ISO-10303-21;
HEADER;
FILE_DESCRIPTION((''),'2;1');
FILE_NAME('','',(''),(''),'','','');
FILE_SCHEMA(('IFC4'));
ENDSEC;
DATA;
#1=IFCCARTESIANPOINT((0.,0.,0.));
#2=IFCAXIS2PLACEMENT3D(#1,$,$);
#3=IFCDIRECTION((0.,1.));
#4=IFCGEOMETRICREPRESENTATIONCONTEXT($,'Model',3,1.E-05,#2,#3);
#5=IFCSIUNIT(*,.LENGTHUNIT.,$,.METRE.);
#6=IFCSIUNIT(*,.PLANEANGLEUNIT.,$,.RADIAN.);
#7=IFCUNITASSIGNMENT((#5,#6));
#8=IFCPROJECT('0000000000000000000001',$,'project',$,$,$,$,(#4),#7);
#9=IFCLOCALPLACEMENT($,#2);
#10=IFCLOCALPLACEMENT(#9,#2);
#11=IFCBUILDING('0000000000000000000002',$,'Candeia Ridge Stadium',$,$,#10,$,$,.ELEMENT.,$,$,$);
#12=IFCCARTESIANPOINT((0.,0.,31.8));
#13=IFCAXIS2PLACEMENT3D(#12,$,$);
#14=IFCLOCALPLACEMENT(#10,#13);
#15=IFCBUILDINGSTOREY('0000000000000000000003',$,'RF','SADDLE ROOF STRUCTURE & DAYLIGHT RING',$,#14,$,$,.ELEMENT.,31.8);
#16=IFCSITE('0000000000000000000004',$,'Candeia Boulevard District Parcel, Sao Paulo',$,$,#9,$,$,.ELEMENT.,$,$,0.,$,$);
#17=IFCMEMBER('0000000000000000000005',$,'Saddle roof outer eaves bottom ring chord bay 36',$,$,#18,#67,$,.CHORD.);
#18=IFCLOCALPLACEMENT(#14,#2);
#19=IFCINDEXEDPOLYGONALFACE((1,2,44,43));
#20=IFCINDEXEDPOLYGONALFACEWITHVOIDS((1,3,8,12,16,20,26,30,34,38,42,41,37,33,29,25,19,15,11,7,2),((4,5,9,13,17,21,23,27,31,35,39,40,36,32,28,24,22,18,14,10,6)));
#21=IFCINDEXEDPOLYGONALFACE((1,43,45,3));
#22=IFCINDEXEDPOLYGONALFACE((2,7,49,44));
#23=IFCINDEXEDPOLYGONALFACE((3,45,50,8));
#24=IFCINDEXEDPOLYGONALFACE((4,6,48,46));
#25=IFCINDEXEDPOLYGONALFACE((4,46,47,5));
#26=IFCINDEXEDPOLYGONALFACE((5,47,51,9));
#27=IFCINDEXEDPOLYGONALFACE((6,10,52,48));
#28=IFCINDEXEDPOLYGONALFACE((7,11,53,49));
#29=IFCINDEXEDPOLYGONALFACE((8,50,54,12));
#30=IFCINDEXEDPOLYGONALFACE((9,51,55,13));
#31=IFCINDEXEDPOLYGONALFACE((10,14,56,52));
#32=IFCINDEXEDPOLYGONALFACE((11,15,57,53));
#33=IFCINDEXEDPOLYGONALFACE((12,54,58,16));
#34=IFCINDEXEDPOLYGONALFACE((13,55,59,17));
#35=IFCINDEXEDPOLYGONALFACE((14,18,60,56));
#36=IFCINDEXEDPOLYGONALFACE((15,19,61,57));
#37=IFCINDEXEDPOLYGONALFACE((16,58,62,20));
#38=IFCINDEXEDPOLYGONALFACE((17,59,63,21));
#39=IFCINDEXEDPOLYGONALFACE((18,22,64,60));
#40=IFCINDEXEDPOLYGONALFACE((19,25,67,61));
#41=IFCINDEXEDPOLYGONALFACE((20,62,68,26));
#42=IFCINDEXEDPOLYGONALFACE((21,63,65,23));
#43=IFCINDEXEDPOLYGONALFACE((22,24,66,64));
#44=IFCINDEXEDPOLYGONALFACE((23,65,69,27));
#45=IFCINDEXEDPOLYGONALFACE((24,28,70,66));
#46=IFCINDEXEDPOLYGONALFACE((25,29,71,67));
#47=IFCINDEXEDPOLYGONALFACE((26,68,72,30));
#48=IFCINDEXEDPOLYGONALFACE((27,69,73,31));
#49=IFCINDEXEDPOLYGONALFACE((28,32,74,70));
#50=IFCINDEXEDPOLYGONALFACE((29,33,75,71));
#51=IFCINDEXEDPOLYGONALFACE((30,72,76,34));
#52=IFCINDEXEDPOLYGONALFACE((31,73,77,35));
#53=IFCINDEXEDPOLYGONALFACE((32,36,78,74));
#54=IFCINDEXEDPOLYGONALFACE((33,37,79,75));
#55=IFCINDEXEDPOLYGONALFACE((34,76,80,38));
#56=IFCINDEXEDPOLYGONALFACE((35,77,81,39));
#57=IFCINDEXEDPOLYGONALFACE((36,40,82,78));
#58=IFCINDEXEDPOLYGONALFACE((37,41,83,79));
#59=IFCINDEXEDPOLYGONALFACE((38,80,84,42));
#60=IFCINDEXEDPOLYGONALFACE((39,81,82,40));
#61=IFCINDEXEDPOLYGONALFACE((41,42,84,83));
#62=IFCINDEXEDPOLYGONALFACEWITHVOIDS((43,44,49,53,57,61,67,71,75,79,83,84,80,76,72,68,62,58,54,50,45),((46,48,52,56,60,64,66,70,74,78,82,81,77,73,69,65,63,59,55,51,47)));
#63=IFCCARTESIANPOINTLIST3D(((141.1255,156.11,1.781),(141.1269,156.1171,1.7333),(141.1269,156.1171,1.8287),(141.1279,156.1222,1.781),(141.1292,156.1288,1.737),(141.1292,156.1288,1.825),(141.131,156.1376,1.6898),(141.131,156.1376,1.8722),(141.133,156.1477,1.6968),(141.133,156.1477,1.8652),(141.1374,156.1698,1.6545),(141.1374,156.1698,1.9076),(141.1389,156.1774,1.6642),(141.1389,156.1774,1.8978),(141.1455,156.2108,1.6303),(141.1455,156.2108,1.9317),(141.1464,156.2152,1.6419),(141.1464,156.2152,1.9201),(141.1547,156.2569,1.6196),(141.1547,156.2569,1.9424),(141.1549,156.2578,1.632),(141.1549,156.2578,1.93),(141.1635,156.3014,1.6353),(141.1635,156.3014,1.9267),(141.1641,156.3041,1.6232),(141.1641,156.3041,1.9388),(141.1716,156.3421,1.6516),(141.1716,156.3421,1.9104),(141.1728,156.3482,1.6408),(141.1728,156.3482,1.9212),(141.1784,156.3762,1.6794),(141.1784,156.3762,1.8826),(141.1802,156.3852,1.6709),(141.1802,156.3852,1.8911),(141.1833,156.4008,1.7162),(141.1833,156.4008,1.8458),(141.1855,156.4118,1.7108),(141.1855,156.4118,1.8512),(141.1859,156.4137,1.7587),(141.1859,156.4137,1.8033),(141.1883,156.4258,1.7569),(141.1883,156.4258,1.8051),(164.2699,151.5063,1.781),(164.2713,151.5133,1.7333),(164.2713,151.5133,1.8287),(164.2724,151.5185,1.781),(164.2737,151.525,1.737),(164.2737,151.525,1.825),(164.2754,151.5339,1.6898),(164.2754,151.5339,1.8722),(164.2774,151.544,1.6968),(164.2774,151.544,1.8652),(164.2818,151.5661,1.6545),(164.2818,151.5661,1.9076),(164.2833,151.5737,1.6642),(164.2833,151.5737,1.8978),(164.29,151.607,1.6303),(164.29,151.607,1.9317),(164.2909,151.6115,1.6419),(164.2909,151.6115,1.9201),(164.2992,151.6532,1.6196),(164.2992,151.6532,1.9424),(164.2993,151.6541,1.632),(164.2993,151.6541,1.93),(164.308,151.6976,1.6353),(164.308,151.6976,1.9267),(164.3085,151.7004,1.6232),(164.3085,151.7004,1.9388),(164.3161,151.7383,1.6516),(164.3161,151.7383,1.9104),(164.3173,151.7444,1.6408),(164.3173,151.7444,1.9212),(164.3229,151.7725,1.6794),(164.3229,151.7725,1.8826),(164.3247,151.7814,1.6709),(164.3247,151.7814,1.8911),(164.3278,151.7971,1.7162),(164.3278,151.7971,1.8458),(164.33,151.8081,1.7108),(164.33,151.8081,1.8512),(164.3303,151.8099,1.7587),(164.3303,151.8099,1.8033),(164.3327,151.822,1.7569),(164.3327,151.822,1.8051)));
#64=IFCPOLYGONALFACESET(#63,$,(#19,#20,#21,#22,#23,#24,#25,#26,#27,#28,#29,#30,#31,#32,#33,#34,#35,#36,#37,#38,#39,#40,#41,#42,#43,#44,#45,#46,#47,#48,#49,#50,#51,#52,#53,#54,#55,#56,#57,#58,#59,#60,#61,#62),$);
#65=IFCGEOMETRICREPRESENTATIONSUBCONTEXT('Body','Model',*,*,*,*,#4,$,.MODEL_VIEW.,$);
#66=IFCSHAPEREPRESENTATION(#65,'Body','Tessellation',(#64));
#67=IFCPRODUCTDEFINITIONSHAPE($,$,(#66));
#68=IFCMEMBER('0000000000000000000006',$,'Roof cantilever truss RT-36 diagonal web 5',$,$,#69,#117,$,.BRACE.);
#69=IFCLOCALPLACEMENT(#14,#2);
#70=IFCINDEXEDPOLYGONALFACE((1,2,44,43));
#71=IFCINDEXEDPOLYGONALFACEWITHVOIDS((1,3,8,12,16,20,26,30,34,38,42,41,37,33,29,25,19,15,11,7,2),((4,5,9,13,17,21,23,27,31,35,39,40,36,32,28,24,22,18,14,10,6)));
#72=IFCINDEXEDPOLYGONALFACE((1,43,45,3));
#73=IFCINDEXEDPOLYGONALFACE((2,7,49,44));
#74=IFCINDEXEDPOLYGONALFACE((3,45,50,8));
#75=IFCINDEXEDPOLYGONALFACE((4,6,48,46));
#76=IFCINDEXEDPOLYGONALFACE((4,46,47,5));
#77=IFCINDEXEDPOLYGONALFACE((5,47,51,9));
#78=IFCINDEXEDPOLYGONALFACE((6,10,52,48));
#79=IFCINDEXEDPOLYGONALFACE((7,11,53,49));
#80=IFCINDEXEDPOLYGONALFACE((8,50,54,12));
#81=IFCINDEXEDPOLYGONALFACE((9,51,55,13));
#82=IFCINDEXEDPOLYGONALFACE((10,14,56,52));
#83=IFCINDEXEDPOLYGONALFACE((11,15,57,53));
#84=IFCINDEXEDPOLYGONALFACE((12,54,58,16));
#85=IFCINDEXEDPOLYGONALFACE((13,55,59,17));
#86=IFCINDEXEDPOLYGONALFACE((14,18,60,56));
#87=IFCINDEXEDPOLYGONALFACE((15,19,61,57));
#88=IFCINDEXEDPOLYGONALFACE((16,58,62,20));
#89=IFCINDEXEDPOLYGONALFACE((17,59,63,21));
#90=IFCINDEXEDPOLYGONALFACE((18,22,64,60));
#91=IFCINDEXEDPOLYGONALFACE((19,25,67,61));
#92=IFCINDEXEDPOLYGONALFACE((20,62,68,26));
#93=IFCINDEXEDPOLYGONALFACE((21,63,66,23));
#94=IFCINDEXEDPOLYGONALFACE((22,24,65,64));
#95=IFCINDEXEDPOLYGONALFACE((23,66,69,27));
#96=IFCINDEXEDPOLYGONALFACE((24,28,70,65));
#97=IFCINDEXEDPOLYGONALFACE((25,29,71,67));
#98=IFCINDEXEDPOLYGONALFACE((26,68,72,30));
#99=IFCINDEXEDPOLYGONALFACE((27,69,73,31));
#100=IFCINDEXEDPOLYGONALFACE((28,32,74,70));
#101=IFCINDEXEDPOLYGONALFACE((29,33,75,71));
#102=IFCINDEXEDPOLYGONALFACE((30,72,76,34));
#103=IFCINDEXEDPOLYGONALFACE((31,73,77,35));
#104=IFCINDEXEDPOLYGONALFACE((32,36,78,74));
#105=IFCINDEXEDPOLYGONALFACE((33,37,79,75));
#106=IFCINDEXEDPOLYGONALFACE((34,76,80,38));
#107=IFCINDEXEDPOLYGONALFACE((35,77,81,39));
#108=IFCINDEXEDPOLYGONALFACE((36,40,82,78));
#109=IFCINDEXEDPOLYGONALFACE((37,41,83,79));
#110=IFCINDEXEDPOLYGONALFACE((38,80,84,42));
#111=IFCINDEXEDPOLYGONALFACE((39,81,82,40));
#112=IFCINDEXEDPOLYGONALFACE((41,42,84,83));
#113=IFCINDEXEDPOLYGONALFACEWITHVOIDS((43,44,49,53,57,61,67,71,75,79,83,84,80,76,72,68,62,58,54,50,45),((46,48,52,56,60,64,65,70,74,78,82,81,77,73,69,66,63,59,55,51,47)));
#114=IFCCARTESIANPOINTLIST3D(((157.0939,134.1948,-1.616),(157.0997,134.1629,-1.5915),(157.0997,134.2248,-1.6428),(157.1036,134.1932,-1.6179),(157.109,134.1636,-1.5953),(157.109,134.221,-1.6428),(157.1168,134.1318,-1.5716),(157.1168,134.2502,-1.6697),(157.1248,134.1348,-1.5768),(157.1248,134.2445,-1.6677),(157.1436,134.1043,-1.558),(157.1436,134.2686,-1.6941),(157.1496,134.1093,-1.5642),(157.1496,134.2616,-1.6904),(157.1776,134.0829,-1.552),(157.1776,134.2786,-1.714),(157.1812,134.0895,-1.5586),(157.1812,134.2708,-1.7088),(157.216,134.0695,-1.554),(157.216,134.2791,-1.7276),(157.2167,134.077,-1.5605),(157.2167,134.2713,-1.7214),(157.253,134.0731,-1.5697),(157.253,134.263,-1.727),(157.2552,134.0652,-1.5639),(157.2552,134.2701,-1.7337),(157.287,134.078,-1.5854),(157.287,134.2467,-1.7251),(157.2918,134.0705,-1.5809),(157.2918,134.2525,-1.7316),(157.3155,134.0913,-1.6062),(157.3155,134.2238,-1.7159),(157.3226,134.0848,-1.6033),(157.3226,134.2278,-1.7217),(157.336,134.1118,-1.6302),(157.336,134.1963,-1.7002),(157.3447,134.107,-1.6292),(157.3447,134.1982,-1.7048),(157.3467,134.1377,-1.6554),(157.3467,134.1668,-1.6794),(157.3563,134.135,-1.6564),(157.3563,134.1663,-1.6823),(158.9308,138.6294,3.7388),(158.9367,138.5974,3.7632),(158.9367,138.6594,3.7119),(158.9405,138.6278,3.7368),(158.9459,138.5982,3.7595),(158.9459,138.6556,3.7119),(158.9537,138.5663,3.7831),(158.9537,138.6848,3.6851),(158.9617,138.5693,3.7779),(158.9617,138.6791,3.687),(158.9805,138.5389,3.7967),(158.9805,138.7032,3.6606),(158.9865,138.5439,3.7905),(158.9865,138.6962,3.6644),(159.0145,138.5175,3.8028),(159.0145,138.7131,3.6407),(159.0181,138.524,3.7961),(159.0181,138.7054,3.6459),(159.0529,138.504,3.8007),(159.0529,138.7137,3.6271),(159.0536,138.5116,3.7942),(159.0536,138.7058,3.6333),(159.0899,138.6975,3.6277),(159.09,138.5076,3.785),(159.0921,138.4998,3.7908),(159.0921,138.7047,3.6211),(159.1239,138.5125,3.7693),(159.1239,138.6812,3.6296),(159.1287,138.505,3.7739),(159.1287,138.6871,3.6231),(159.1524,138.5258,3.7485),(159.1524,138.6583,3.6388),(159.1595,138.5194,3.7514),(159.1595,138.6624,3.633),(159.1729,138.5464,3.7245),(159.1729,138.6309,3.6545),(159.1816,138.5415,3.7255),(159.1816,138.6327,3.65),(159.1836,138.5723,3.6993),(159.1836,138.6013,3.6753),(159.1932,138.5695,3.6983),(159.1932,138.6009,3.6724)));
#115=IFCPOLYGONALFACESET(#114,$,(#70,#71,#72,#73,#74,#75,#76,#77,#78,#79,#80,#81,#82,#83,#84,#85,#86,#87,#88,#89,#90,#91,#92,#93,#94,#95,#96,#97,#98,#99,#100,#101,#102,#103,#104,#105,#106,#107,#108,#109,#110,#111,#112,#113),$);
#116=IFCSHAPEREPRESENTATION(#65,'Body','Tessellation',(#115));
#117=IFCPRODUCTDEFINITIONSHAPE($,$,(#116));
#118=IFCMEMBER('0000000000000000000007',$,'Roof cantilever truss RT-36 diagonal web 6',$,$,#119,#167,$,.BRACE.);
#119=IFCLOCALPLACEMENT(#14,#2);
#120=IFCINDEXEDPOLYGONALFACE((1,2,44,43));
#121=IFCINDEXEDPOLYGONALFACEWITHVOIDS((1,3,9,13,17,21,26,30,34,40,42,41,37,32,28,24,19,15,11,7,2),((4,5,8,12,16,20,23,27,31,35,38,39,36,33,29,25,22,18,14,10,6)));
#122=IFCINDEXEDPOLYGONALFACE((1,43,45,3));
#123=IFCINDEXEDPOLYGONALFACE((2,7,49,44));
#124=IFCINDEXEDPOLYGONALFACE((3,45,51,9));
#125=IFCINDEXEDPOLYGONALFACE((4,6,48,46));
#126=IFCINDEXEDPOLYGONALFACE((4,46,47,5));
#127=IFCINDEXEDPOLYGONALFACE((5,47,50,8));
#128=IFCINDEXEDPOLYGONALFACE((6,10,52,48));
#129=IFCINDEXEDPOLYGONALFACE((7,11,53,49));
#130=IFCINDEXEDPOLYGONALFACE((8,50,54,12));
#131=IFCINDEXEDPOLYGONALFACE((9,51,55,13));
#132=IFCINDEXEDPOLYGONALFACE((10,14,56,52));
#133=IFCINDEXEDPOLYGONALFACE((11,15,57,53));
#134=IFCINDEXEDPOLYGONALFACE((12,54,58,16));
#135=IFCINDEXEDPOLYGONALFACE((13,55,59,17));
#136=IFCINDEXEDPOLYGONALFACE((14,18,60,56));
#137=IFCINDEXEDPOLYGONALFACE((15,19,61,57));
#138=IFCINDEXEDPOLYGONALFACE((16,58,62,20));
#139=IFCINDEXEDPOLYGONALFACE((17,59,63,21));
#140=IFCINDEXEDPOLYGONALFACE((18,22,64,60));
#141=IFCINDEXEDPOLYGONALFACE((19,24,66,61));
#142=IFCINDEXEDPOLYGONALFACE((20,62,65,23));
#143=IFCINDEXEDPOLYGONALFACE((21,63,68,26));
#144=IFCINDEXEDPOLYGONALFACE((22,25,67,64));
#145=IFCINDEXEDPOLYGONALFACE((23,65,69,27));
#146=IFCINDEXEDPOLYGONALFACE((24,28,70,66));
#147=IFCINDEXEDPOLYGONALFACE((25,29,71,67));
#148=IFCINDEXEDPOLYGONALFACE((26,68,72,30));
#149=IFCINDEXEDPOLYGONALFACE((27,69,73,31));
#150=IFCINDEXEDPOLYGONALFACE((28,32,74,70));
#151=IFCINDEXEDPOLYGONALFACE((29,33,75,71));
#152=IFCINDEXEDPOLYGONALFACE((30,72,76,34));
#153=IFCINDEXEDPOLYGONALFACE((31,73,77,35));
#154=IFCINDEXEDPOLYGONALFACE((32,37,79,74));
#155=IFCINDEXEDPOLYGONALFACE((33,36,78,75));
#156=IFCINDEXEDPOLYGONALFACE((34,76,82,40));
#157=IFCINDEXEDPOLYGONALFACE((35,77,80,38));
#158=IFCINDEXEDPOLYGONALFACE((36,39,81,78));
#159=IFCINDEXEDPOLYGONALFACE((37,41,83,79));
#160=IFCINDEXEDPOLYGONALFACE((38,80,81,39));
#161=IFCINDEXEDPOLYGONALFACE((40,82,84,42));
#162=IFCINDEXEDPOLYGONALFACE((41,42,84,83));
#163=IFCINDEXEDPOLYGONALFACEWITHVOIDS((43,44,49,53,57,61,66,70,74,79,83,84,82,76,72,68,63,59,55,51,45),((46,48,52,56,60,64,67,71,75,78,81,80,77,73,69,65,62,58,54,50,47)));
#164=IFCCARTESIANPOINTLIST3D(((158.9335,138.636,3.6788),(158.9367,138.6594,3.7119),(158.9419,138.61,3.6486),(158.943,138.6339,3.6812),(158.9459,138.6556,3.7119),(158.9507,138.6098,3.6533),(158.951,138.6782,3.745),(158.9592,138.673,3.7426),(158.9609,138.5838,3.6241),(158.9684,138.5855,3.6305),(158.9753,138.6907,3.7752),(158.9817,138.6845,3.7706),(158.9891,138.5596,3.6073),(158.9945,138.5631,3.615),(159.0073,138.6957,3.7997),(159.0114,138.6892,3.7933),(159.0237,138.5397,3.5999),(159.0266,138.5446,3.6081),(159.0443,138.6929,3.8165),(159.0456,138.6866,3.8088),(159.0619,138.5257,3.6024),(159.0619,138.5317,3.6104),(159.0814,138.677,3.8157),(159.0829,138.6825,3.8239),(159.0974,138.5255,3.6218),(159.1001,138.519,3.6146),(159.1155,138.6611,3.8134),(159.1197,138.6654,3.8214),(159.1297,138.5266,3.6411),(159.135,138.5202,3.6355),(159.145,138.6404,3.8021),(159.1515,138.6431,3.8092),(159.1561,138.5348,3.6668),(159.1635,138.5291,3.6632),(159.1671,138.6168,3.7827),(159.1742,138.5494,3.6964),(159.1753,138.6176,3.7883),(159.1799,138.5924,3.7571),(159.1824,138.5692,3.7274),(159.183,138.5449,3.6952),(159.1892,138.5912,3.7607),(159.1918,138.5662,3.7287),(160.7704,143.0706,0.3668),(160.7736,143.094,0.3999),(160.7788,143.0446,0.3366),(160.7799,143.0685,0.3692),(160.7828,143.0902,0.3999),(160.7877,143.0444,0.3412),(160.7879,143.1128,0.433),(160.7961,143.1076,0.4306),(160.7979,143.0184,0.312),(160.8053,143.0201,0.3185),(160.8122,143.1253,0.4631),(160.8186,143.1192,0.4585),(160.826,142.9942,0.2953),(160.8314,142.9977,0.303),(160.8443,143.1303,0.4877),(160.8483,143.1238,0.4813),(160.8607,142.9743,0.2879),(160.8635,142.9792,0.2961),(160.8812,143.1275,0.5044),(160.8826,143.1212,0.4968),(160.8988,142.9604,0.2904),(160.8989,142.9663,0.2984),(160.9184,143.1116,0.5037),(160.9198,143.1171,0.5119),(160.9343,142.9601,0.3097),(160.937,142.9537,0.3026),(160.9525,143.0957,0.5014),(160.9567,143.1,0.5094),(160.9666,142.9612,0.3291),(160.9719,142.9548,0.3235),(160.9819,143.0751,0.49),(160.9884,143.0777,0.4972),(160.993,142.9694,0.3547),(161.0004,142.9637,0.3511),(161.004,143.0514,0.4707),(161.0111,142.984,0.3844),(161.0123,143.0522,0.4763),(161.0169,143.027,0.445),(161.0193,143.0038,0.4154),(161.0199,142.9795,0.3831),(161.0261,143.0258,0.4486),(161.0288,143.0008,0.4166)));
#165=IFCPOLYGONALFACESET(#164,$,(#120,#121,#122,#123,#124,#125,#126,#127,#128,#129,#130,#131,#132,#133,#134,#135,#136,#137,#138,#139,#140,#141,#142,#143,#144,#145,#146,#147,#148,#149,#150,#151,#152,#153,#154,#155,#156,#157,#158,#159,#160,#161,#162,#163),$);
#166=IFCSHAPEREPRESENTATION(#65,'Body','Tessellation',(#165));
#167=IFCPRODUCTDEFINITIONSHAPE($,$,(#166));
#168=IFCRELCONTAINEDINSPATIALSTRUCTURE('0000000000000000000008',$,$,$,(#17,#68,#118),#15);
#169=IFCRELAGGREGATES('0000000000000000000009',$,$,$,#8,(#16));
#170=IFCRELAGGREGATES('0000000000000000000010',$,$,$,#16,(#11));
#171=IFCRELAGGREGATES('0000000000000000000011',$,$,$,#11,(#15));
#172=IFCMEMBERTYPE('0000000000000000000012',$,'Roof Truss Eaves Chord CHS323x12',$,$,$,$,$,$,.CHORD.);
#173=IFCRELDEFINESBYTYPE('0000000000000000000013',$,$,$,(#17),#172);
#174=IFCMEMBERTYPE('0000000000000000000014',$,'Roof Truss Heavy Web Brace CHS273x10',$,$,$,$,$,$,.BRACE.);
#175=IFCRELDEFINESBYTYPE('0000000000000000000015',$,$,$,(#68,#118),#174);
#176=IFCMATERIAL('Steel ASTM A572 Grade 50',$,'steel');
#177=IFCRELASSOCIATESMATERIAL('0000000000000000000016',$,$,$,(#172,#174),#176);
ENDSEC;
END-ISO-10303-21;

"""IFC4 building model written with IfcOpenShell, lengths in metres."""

from ifc_helpers import new_model, si_unit, direction, frame, origin, origin_2d, place, context, subcontext, project, spatial, hollow_circle, extrude, material, material_profile, profile_set, type_object, element, save


model = new_model("IFC4")

# Units and contexts
model_context = context("Model", 3, precision=1e-05, world=origin(), true_north=direction((0.0, 1.0)))
body_context = subcontext(model_context, "Body", "Model", "MODEL_VIEW")
ifc_project = project(units=[si_unit("LENGTHUNIT", "METRE"), si_unit("PLANEANGLEUNIT", "RADIAN")], contexts=[model_context])

# Site, building, storey
site_placement = place(None, origin())
site = spatial("IfcSite", under=ifc_project, at=site_placement, Name="Candeia Boulevard District Parcel, Sao Paulo", CompositionType="ELEMENT", RefElevation=0.0)
building_placement = place(site_placement, origin())
building = spatial("IfcBuilding", under=site, at=building_placement, Name="Candeia Ridge Stadium", CompositionType="ELEMENT")
storey_placement = place(building_placement, frame((0.0, 0.0, 31.8)))
storey = spatial("IfcBuildingStorey", under=building, at=storey_placement, Name="RF", Description="SADDLE ROOF STRUCTURE & DAYLIGHT RING", CompositionType="ELEMENT", Elevation=31.8)

# Shared definitions
ifc_material_1 = material(Name="Steel ASTM A572 Grade 50", Category="steel")

# Members
ifc_material_profile_1 = material_profile(ifc_material_1, hollow_circle(Radius=0.1619, WallThickness=0.0125, at=origin_2d()), Name="CHS323x12", Category="steel")
ifc_profile_set_1 = profile_set([ifc_material_profile_1], Name="Steel ASTM A572 Grade 50")
member_type_1 = type_object("IfcMemberType", Name="Roof Truss Eaves Chord CHS323x12", PredefinedType="CHORD", material=ifc_profile_set_1)
for number, where, z_axis, x_axis, name in (
    (1, (164.3015, 151.665, 1.781), (-0.980785, 0.195091, 0.0), (-0.195091, -0.980785, 0.0), "Saddle roof outer eaves bottom ring chord bay 36"),
):
    element("IfcMember", number, at=place(storey_placement, frame(where, z_axis=z_axis, x_axis=x_axis)), inside=storey, type_object=member_type_1, Name=name, PredefinedType="CHORD", context=body_context, shape_type="SweptSolid", body=[
        extrude(hollow_circle(Radius=0.1619, WallThickness=0.0125, at=origin_2d()), origin(), (0.0, 0.0, 1.0), 23.5979),
    ])
ifc_material_profile_2 = material_profile(ifc_material_1, hollow_circle(Radius=0.1365, WallThickness=0.01, at=origin_2d()), Name="CHS273x10", Category="steel")
ifc_profile_set_2 = profile_set([ifc_material_profile_2], Name="Steel ASTM A572 Grade 50")
member_type_2 = type_object("IfcMemberType", Name="Roof Truss Heavy Web Brace CHS273x10", PredefinedType="BRACE", material=ifc_profile_set_2)
member_1_placement = place(storey_placement, frame((157.2258, 134.1726, -1.6428), z_axis=(0.25544, 0.616669, 0.744627), x_axis=(-0.923875, 0.382693, 0.0)))
element("IfcMember", 2, at=member_1_placement, inside=storey, type_object=member_type_2, Name="Roof cantilever truss RT-36 diagonal web 5", PredefinedType="BRACE", context=body_context, shape_type="SweptSolid", body=[
    extrude(hollow_circle(Radius=0.1365, WallThickness=0.01, at=origin_2d()), origin(), (0.0, 0.0, 1.0), 7.1912),
])
member_2_placement = place(storey_placement, frame((159.0627, 138.6072, 3.7119), z_axis=(0.314986, 0.760421, -0.567929), x_axis=(-0.923875, 0.382693, 0.0)))
element("IfcMember", 3, at=member_2_placement, inside=storey, type_object=member_type_2, Name="Roof cantilever truss RT-36 diagonal web 6", PredefinedType="BRACE", context=body_context, shape_type="SweptSolid", body=[
    extrude(hollow_circle(Radius=0.1365, WallThickness=0.01, at=origin_2d()), origin(), (0.0, 0.0, 1.0), 5.8318),
])

save(model, "model.ifc")
